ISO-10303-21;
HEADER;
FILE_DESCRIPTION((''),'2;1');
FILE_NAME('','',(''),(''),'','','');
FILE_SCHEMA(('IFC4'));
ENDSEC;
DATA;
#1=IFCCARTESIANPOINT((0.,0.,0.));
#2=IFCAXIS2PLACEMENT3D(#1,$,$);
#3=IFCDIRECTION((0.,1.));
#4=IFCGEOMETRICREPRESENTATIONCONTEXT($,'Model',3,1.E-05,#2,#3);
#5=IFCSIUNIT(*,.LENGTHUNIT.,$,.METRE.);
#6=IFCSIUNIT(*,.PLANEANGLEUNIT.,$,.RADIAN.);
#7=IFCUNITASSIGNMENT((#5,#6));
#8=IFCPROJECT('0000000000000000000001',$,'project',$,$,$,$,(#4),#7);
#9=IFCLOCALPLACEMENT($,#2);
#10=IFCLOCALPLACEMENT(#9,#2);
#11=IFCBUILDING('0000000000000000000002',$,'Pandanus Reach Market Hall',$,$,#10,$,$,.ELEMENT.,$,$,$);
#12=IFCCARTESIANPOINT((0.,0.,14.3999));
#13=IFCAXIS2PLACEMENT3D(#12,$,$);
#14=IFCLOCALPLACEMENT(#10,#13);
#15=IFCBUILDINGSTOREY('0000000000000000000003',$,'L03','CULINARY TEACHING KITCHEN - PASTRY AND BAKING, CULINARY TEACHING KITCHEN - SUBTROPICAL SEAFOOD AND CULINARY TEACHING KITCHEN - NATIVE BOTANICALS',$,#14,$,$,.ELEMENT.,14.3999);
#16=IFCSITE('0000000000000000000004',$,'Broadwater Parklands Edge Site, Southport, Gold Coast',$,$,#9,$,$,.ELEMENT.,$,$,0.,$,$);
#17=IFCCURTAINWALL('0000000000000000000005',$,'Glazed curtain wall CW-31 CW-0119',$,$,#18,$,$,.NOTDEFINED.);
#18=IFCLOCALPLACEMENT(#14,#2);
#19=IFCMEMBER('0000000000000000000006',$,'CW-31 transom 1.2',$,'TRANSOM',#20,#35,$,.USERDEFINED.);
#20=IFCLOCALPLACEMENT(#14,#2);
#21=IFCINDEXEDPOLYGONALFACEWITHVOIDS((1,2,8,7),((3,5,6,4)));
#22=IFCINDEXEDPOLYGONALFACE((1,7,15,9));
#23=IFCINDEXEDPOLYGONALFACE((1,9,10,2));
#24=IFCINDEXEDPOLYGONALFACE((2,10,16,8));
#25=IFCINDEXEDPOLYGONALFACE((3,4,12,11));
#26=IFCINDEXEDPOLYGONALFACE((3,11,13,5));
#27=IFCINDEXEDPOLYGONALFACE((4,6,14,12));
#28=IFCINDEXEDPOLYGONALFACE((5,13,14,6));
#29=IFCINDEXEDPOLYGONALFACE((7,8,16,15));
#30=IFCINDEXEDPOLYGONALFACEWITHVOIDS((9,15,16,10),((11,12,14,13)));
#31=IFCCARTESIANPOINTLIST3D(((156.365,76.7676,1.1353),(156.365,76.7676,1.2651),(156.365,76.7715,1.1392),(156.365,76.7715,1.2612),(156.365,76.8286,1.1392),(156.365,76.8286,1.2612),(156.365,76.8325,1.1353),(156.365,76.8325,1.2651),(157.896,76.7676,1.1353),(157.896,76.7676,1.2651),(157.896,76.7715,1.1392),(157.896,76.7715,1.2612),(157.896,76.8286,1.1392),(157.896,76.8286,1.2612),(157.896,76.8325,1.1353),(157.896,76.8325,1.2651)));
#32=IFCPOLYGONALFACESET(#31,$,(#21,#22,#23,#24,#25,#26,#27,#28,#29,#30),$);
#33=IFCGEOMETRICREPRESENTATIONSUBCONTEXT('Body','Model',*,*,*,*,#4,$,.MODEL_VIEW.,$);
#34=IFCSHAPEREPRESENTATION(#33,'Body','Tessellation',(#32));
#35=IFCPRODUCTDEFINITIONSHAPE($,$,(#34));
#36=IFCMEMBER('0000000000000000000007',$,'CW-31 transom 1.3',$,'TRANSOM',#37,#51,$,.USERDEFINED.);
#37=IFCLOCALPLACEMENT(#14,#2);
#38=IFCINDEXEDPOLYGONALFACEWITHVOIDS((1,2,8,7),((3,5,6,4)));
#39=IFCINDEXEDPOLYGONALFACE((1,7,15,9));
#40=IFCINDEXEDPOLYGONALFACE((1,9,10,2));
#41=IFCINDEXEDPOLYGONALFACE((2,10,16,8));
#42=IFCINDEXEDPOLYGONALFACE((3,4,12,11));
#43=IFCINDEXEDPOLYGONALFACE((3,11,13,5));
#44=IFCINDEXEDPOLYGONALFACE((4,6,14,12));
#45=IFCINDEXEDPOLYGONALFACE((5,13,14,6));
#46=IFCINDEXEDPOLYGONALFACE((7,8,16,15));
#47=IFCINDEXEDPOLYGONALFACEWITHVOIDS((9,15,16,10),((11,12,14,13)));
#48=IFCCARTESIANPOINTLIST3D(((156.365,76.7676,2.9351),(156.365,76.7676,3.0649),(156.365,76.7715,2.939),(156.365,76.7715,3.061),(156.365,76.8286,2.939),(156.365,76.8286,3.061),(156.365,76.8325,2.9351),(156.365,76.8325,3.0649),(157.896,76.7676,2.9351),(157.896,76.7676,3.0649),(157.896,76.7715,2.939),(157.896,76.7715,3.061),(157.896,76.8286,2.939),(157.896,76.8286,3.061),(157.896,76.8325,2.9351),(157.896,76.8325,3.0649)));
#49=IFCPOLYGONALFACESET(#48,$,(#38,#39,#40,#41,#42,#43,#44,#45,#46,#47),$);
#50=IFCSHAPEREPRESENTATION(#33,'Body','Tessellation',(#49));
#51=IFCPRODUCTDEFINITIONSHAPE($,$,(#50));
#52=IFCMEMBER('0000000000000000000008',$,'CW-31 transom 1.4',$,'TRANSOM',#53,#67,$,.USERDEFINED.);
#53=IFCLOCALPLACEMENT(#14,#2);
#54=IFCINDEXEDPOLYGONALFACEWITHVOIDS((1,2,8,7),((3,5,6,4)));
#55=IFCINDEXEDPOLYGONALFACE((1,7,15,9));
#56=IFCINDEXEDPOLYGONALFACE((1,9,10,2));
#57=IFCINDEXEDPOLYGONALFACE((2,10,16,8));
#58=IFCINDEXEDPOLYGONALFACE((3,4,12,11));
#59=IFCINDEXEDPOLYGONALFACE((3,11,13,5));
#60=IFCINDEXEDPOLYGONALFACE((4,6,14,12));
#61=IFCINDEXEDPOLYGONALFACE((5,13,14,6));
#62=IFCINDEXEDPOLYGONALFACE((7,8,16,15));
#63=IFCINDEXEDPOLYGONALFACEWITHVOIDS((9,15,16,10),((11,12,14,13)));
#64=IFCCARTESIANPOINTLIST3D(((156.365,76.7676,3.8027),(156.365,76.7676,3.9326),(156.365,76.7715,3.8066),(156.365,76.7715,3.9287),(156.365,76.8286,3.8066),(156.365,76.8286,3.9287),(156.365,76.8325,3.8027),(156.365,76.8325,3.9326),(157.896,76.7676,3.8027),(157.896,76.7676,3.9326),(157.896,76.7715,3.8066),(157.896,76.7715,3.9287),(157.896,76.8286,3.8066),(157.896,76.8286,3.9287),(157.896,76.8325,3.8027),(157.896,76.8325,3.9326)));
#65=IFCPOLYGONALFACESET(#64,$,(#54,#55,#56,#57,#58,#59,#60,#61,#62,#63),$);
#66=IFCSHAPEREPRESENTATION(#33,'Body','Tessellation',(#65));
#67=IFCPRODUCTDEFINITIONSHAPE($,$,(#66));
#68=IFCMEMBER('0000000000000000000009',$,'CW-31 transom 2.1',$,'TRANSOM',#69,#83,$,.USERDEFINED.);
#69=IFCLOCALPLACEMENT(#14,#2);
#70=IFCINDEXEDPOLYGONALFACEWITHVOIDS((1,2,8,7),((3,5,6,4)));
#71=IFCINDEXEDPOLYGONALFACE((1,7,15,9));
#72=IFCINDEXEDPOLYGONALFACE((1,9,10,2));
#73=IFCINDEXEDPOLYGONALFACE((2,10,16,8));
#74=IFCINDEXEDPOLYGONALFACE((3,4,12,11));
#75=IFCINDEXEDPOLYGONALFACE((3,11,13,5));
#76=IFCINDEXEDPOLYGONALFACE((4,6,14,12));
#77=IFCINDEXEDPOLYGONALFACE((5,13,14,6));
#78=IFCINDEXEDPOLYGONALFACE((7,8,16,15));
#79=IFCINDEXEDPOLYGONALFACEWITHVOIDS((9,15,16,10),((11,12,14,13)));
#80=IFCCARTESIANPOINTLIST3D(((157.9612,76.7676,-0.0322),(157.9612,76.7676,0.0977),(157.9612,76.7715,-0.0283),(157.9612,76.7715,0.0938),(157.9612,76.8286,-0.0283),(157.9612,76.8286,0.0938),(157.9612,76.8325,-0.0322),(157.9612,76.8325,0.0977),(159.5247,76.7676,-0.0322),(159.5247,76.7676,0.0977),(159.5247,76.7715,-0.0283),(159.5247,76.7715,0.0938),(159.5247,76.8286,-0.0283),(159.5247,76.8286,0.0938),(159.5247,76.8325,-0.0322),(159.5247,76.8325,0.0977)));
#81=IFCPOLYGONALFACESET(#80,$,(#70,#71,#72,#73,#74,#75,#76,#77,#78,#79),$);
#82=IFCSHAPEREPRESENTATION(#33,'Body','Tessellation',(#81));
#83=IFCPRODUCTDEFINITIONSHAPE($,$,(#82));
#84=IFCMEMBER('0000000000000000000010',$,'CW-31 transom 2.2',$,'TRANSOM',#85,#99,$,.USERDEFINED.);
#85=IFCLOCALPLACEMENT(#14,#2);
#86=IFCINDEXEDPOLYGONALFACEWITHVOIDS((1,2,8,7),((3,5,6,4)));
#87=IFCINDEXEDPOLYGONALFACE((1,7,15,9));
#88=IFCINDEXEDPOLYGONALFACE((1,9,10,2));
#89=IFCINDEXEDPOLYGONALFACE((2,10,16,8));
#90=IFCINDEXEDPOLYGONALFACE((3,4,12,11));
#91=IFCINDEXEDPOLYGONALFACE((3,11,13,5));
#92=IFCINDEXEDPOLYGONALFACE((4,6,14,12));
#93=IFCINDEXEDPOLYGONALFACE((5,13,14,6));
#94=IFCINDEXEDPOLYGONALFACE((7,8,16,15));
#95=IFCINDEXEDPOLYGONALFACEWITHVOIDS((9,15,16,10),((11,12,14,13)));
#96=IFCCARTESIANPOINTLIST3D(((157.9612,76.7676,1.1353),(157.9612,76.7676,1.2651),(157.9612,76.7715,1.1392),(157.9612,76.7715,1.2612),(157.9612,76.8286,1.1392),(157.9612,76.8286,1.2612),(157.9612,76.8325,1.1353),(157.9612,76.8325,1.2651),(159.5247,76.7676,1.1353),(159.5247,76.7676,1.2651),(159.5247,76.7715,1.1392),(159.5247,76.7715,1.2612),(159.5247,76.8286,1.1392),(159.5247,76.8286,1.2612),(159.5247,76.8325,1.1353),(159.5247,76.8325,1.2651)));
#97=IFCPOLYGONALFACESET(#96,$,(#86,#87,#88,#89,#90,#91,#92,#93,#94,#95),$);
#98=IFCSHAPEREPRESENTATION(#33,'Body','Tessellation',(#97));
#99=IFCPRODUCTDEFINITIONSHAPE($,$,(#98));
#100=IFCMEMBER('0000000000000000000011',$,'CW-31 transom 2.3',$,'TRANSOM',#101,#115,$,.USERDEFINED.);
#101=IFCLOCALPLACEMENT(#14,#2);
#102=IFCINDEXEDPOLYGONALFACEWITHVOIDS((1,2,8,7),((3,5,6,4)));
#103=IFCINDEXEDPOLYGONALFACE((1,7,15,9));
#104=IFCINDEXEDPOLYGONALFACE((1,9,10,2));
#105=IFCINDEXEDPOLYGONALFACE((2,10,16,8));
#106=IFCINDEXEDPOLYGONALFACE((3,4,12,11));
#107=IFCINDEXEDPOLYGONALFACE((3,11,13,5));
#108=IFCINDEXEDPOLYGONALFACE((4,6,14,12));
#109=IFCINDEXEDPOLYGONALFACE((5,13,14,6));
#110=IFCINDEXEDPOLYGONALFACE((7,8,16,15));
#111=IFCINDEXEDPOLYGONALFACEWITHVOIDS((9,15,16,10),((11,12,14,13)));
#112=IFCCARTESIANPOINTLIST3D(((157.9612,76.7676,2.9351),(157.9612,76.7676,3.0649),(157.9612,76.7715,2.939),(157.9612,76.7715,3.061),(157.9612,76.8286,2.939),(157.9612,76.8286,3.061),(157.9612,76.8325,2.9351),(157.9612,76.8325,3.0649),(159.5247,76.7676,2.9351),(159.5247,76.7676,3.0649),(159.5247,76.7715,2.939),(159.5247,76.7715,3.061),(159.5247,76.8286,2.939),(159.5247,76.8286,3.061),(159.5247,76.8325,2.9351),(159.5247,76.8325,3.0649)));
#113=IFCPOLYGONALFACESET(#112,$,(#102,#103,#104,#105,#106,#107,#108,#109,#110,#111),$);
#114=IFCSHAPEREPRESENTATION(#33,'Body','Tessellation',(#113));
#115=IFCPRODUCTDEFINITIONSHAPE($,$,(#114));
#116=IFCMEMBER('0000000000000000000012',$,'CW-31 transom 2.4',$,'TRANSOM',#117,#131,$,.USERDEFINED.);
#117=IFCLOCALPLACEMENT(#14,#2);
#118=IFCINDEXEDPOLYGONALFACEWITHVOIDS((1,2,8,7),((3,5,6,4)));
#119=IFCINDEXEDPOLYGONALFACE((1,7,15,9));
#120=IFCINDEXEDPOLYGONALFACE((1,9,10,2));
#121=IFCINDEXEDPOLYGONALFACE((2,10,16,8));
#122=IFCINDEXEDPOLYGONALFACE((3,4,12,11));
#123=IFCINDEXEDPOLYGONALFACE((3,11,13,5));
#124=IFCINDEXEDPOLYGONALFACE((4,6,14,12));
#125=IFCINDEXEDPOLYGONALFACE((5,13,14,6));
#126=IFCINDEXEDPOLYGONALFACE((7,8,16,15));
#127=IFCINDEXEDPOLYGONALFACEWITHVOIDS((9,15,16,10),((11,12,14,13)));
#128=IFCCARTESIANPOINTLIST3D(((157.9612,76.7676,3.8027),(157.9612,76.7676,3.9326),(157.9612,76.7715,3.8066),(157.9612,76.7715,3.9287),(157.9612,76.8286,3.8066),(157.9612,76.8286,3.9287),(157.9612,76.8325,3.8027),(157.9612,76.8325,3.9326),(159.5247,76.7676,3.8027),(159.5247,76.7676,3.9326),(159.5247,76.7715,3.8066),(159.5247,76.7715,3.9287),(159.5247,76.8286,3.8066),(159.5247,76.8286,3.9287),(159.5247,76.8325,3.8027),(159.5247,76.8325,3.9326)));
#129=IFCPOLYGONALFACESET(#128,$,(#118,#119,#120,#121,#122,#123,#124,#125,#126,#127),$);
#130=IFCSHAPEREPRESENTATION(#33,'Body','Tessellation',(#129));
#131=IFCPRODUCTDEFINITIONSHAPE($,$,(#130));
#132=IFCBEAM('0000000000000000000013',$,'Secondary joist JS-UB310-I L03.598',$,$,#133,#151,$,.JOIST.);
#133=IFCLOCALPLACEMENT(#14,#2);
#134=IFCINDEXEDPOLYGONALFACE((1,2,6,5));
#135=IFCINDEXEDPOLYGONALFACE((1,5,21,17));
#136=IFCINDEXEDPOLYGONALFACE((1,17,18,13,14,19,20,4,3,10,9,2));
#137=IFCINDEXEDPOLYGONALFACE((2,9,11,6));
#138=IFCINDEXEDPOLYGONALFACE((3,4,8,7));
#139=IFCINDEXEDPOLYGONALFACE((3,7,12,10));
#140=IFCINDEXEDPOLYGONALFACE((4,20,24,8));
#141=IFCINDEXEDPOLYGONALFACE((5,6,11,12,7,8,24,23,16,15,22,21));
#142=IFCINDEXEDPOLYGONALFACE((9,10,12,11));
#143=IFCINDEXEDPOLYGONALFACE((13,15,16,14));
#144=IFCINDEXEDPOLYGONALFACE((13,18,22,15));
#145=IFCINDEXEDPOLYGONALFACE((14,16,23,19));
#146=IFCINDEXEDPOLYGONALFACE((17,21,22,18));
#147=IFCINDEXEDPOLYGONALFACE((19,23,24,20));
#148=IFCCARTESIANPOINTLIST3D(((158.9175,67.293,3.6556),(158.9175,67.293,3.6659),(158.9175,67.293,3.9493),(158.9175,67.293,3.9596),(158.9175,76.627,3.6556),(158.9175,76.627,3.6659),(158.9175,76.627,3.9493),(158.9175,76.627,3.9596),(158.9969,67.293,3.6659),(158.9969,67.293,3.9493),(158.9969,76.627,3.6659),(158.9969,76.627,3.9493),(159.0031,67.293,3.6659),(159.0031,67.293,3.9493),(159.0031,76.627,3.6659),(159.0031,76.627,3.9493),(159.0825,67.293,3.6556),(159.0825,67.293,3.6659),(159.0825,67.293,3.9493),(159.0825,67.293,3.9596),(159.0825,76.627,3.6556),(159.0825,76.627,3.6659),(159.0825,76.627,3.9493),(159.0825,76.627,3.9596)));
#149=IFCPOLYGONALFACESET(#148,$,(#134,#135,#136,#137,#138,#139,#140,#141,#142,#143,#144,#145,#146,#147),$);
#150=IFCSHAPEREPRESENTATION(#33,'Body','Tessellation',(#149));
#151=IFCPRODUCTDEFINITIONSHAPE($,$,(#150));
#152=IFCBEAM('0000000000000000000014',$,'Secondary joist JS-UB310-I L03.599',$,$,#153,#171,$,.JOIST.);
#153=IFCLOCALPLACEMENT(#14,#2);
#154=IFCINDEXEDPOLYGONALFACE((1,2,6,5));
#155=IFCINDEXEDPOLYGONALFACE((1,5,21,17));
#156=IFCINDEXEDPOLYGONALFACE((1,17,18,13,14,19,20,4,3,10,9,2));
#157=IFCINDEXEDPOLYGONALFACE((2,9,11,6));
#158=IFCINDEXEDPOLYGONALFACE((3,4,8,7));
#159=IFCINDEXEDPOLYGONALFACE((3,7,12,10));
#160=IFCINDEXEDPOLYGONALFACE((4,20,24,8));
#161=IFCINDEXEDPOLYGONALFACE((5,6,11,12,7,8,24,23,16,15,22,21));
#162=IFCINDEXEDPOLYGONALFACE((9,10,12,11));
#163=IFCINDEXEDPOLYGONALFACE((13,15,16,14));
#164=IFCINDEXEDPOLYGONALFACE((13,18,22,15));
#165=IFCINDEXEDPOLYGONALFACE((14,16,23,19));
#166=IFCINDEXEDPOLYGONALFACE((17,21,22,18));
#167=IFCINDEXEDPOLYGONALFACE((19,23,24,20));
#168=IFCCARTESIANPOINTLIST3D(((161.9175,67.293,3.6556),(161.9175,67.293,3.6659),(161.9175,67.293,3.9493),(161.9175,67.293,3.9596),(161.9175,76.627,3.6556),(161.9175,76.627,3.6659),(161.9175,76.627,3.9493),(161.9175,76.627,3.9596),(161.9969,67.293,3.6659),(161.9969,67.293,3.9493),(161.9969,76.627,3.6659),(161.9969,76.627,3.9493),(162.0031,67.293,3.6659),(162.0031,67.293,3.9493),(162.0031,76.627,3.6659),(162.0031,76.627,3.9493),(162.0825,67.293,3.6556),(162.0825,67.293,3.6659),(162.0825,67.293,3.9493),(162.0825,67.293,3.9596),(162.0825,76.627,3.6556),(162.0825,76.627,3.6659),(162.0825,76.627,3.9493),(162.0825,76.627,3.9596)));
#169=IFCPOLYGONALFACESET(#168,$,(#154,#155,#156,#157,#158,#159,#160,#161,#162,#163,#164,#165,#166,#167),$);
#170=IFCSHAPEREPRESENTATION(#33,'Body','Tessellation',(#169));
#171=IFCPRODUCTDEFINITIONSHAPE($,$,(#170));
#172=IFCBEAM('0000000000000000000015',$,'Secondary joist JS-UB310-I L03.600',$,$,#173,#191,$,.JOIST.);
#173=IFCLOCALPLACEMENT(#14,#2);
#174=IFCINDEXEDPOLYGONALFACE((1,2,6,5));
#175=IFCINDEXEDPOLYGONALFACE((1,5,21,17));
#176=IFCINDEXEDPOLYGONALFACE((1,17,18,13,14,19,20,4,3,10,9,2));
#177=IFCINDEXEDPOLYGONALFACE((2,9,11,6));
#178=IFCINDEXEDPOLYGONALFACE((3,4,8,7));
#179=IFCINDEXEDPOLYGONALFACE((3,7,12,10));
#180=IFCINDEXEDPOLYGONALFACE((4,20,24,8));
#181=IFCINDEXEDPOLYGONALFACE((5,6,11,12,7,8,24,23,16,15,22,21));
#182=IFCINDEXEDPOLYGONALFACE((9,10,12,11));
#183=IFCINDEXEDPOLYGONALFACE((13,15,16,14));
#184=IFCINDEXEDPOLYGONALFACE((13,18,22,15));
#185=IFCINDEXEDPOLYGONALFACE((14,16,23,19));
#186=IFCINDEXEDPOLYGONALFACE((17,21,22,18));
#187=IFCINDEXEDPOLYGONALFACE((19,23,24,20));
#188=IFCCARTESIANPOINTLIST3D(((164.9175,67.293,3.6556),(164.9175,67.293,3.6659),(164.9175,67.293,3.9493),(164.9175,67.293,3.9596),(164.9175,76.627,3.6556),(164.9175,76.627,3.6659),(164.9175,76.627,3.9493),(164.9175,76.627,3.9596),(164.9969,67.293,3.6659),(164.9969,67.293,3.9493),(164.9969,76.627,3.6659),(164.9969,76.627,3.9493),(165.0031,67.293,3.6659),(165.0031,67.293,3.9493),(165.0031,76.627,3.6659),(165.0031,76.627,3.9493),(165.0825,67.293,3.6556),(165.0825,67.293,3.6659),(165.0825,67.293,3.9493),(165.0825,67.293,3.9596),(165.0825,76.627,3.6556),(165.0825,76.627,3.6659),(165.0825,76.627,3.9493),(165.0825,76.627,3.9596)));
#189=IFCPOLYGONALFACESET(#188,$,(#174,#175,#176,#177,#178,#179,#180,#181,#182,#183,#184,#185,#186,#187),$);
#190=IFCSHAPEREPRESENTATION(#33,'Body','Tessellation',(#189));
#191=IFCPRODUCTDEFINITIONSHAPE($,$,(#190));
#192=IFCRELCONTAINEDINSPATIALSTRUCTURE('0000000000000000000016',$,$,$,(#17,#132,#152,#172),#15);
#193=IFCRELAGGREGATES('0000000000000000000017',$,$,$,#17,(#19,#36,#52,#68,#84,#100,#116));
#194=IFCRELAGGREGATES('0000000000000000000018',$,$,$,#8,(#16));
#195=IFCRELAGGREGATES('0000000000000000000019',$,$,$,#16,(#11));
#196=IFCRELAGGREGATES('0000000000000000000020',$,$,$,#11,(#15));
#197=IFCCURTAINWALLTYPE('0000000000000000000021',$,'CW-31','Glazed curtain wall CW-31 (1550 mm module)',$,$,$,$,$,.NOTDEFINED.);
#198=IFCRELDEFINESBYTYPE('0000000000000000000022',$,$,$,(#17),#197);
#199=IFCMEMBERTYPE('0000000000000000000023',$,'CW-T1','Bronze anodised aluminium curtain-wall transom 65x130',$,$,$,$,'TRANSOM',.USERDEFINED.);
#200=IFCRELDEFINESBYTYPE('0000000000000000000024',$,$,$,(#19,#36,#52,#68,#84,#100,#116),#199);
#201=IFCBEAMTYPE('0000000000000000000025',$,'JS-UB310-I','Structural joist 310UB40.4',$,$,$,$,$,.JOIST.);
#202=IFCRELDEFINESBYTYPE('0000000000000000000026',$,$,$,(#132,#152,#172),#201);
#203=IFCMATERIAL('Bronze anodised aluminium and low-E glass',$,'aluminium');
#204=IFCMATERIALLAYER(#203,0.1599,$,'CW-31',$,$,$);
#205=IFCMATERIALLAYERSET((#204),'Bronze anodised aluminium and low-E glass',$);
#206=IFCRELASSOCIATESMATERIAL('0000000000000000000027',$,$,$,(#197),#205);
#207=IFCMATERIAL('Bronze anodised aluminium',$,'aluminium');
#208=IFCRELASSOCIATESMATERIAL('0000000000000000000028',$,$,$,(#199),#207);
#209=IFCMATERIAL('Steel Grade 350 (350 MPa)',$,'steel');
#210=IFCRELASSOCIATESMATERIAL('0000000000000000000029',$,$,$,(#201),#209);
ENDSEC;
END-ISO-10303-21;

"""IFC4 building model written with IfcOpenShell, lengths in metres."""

from ifc_helpers import new_model, si_unit, direction, frame, origin, origin_2d, place, context, subcontext, project, spatial, hollow_rectangle, i_section, extrude, material, layer, layer_set, material_profile, profile_set, type_object, element, aggregate, save


model = new_model("IFC4")

# Units and contexts
model_context = context("Model", 3, precision=1e-05, world=origin(), true_north=direction((0.0, 1.0)))
body_context = subcontext(model_context, "Body", "Model", "MODEL_VIEW")
ifc_project = project(units=[si_unit("LENGTHUNIT", "METRE"), si_unit("PLANEANGLEUNIT", "RADIAN")], contexts=[model_context])

# Site, building, storey
site_placement = place(None, origin())
site = spatial("IfcSite", under=ifc_project, at=site_placement, Name="Broadwater Parklands Edge Site, Southport, Gold Coast", CompositionType="ELEMENT", RefElevation=0.0)
building_placement = place(site_placement, origin())
building = spatial("IfcBuilding", under=site, at=building_placement, Name="Pandanus Reach Market Hall", CompositionType="ELEMENT")
storey_placement = place(building_placement, frame((0.0, 0.0, 14.3999)))
storey = spatial("IfcBuildingStorey", under=building, at=storey_placement, Name="L03", Description="CULINARY TEACHING KITCHEN - PASTRY AND BAKING, CULINARY TEACHING KITCHEN - SUBTROPICAL SEAFOOD AND CULINARY TEACHING KITCHEN - NATIVE BOTANICALS", CompositionType="ELEMENT", Elevation=14.3999)

# Shared definitions
ifc_material_1 = material(Name="Steel Grade 350 (350 MPa)", Category="steel")

# Curtain wall, members
ifc_material_2 = material(Name="Bronze anodised aluminium and low-E glass", Category="aluminium")
ifc_layer_1 = layer(ifc_material_2, 0.1599, Name="CW-31")
ifc_layer_set_1 = layer_set([ifc_layer_1], Name="Bronze anodised aluminium and low-E glass")
curtain_wall_type = type_object("IfcCurtainWallType", Name="CW-31", Description="Glazed curtain wall CW-31 (1550 mm module)", PredefinedType="NOTDEFINED", material=ifc_layer_set_1)
curtain_wall_placement = place(storey_placement, origin())
curtain_wall = element("IfcCurtainWall", 1, at=curtain_wall_placement, inside=storey, type_object=curtain_wall_type, Name="Glazed curtain wall CW-31 CW-0119", PredefinedType="NOTDEFINED")
ifc_material_3 = material(Name="Bronze anodised aluminium", Category="aluminium")
ifc_material_profile_1 = material_profile(ifc_material_3, hollow_rectangle(XDim=0.0649, YDim=0.1299, WallThickness=0.0039, at=origin_2d()), Name="ALU65x130", Category="LoadBearing")
ifc_profile_set_1 = profile_set([ifc_material_profile_1], Name="Bronze anodised aluminium")
member_type_1 = type_object("IfcMemberType", Name="CW-T1", Description="Bronze anodised aluminium curtain-wall transom 65x130", ElementType="TRANSOM", PredefinedType="USERDEFINED", material=ifc_profile_set_1)
member_1_placement = place(storey_placement, frame((156.365, 76.8, 1.2002), z_axis=(1.0, 0.0, 0.0), x_axis=(0.0, 1.0, 0.0)))
member_1 = element("IfcMember", 2, at=member_1_placement, type_object=member_type_1, Name="CW-31 transom 1.2", ObjectType="TRANSOM", PredefinedType="USERDEFINED", context=body_context, shape_type="SweptSolid", body=[
    extrude(hollow_rectangle(XDim=0.0649, YDim=0.1299, WallThickness=0.0039, at=origin_2d()), origin(), (0.0, 0.0, 1.0), 1.531),
])
member_2_placement = place(storey_placement, frame((156.365, 76.8, 3.0), z_axis=(1.0, 0.0, 0.0), x_axis=(0.0, 1.0, 0.0)))
member_2 = element("IfcMember", 3, at=member_2_placement, type_object=member_type_1, Name="CW-31 transom 1.3", ObjectType="TRANSOM", PredefinedType="USERDEFINED", context=body_context, shape_type="SweptSolid", body=[
    extrude(hollow_rectangle(XDim=0.0649, YDim=0.1299, WallThickness=0.0039, at=origin_2d()), origin(), (0.0, 0.0, 1.0), 1.531),
])
member_3_placement = place(storey_placement, frame((156.365, 76.8, 3.8677), z_axis=(1.0, 0.0, 0.0), x_axis=(0.0, 1.0, 0.0)))
member_3 = element("IfcMember", 4, at=member_3_placement, type_object=member_type_1, Name="CW-31 transom 1.4", ObjectType="TRANSOM", PredefinedType="USERDEFINED", context=body_context, shape_type="SweptSolid", body=[
    extrude(hollow_rectangle(XDim=0.0649, YDim=0.1299, WallThickness=0.0039, at=origin_2d()), origin(), (0.0, 0.0, 1.0), 1.531),
])
member_4_placement = place(storey_placement, frame((157.9612, 76.8, 0.0327), z_axis=(1.0, 0.0, 0.0), x_axis=(0.0, 1.0, 0.0)))
member_4 = element("IfcMember", 5, at=member_4_placement, type_object=member_type_1, Name="CW-31 transom 2.1", ObjectType="TRANSOM", PredefinedType="USERDEFINED", context=body_context, shape_type="SweptSolid", body=[
    extrude(hollow_rectangle(XDim=0.0649, YDim=0.1299, WallThickness=0.0039, at=origin_2d()), origin(), (0.0, 0.0, 1.0), 1.5635),
])
member_5_placement = place(storey_placement, frame((157.9612, 76.8, 1.2002), z_axis=(1.0, 0.0, 0.0), x_axis=(0.0, 1.0, 0.0)))
member_5 = element("IfcMember", 6, at=member_5_placement, type_object=member_type_1, Name="CW-31 transom 2.2", ObjectType="TRANSOM", PredefinedType="USERDEFINED", context=body_context, shape_type="SweptSolid", body=[
    extrude(hollow_rectangle(XDim=0.0649, YDim=0.1299, WallThickness=0.0039, at=origin_2d()), origin(), (0.0, 0.0, 1.0), 1.5635),
])
member_6_placement = place(storey_placement, frame((157.9612, 76.8, 3.0), z_axis=(1.0, 0.0, 0.0), x_axis=(0.0, 1.0, 0.0)))
member_6 = element("IfcMember", 7, at=member_6_placement, type_object=member_type_1, Name="CW-31 transom 2.3", ObjectType="TRANSOM", PredefinedType="USERDEFINED", context=body_context, shape_type="SweptSolid", body=[
    extrude(hollow_rectangle(XDim=0.0649, YDim=0.1299, WallThickness=0.0039, at=origin_2d()), origin(), (0.0, 0.0, 1.0), 1.5635),
])
member_7_placement = place(storey_placement, frame((157.9612, 76.8, 3.8677), z_axis=(1.0, 0.0, 0.0), x_axis=(0.0, 1.0, 0.0)))
member_7 = element("IfcMember", 8, at=member_7_placement, type_object=member_type_1, Name="CW-31 transom 2.4", ObjectType="TRANSOM", PredefinedType="USERDEFINED", context=body_context, shape_type="SweptSolid", body=[
    extrude(hollow_rectangle(XDim=0.0649, YDim=0.1299, WallThickness=0.0039, at=origin_2d()), origin(), (0.0, 0.0, 1.0), 1.5635),
])

# Beams
ifc_material_profile_2 = material_profile(ifc_material_1, i_section(OverallWidth=0.165, OverallDepth=0.304, WebThickness=0.0061, FlangeThickness=0.0103, at=origin_2d()), Name="310UB40.4", Category="LoadBearing")
ifc_profile_set_2 = profile_set([ifc_material_profile_2], Name="Steel Grade 350 (350 MPa)")
beam_type_1 = type_object("IfcBeamType", Name="JS-UB310-I", Description="Structural joist 310UB40.4", PredefinedType="JOIST", material=ifc_profile_set_2)
for number, where, z_axis, x_axis, name in (
    (9, (159.0, 67.293, 3.8076), (0.0, 1.0, 0.0), (-1.0, 0.0, 0.0), "Secondary joist JS-UB310-I L03.598"),
    (10, (162.0, 67.293, 3.8076), (0.0, 1.0, 0.0), (-1.0, 0.0, 0.0), "Secondary joist JS-UB310-I L03.599"),
    (11, (165.0, 67.293, 3.8076), (0.0, 1.0, 0.0), (-1.0, 0.0, 0.0), "Secondary joist JS-UB310-I L03.600"),
):
    element("IfcBeam", number, at=place(storey_placement, frame(where, z_axis=z_axis, x_axis=x_axis)), inside=storey, type_object=beam_type_1, Name=name, PredefinedType="JOIST", context=body_context, shape_type="SweptSolid", body=[
        extrude(i_section(OverallWidth=0.165, OverallDepth=0.304, WebThickness=0.0061, FlangeThickness=0.0103, at=origin_2d()), origin(), (0.0, 0.0, 1.0), 9.334),
    ])

aggregate(curtain_wall, [member_1, member_2, member_3, member_4, member_5, member_6, member_7])

save(model, "model.ifc")
